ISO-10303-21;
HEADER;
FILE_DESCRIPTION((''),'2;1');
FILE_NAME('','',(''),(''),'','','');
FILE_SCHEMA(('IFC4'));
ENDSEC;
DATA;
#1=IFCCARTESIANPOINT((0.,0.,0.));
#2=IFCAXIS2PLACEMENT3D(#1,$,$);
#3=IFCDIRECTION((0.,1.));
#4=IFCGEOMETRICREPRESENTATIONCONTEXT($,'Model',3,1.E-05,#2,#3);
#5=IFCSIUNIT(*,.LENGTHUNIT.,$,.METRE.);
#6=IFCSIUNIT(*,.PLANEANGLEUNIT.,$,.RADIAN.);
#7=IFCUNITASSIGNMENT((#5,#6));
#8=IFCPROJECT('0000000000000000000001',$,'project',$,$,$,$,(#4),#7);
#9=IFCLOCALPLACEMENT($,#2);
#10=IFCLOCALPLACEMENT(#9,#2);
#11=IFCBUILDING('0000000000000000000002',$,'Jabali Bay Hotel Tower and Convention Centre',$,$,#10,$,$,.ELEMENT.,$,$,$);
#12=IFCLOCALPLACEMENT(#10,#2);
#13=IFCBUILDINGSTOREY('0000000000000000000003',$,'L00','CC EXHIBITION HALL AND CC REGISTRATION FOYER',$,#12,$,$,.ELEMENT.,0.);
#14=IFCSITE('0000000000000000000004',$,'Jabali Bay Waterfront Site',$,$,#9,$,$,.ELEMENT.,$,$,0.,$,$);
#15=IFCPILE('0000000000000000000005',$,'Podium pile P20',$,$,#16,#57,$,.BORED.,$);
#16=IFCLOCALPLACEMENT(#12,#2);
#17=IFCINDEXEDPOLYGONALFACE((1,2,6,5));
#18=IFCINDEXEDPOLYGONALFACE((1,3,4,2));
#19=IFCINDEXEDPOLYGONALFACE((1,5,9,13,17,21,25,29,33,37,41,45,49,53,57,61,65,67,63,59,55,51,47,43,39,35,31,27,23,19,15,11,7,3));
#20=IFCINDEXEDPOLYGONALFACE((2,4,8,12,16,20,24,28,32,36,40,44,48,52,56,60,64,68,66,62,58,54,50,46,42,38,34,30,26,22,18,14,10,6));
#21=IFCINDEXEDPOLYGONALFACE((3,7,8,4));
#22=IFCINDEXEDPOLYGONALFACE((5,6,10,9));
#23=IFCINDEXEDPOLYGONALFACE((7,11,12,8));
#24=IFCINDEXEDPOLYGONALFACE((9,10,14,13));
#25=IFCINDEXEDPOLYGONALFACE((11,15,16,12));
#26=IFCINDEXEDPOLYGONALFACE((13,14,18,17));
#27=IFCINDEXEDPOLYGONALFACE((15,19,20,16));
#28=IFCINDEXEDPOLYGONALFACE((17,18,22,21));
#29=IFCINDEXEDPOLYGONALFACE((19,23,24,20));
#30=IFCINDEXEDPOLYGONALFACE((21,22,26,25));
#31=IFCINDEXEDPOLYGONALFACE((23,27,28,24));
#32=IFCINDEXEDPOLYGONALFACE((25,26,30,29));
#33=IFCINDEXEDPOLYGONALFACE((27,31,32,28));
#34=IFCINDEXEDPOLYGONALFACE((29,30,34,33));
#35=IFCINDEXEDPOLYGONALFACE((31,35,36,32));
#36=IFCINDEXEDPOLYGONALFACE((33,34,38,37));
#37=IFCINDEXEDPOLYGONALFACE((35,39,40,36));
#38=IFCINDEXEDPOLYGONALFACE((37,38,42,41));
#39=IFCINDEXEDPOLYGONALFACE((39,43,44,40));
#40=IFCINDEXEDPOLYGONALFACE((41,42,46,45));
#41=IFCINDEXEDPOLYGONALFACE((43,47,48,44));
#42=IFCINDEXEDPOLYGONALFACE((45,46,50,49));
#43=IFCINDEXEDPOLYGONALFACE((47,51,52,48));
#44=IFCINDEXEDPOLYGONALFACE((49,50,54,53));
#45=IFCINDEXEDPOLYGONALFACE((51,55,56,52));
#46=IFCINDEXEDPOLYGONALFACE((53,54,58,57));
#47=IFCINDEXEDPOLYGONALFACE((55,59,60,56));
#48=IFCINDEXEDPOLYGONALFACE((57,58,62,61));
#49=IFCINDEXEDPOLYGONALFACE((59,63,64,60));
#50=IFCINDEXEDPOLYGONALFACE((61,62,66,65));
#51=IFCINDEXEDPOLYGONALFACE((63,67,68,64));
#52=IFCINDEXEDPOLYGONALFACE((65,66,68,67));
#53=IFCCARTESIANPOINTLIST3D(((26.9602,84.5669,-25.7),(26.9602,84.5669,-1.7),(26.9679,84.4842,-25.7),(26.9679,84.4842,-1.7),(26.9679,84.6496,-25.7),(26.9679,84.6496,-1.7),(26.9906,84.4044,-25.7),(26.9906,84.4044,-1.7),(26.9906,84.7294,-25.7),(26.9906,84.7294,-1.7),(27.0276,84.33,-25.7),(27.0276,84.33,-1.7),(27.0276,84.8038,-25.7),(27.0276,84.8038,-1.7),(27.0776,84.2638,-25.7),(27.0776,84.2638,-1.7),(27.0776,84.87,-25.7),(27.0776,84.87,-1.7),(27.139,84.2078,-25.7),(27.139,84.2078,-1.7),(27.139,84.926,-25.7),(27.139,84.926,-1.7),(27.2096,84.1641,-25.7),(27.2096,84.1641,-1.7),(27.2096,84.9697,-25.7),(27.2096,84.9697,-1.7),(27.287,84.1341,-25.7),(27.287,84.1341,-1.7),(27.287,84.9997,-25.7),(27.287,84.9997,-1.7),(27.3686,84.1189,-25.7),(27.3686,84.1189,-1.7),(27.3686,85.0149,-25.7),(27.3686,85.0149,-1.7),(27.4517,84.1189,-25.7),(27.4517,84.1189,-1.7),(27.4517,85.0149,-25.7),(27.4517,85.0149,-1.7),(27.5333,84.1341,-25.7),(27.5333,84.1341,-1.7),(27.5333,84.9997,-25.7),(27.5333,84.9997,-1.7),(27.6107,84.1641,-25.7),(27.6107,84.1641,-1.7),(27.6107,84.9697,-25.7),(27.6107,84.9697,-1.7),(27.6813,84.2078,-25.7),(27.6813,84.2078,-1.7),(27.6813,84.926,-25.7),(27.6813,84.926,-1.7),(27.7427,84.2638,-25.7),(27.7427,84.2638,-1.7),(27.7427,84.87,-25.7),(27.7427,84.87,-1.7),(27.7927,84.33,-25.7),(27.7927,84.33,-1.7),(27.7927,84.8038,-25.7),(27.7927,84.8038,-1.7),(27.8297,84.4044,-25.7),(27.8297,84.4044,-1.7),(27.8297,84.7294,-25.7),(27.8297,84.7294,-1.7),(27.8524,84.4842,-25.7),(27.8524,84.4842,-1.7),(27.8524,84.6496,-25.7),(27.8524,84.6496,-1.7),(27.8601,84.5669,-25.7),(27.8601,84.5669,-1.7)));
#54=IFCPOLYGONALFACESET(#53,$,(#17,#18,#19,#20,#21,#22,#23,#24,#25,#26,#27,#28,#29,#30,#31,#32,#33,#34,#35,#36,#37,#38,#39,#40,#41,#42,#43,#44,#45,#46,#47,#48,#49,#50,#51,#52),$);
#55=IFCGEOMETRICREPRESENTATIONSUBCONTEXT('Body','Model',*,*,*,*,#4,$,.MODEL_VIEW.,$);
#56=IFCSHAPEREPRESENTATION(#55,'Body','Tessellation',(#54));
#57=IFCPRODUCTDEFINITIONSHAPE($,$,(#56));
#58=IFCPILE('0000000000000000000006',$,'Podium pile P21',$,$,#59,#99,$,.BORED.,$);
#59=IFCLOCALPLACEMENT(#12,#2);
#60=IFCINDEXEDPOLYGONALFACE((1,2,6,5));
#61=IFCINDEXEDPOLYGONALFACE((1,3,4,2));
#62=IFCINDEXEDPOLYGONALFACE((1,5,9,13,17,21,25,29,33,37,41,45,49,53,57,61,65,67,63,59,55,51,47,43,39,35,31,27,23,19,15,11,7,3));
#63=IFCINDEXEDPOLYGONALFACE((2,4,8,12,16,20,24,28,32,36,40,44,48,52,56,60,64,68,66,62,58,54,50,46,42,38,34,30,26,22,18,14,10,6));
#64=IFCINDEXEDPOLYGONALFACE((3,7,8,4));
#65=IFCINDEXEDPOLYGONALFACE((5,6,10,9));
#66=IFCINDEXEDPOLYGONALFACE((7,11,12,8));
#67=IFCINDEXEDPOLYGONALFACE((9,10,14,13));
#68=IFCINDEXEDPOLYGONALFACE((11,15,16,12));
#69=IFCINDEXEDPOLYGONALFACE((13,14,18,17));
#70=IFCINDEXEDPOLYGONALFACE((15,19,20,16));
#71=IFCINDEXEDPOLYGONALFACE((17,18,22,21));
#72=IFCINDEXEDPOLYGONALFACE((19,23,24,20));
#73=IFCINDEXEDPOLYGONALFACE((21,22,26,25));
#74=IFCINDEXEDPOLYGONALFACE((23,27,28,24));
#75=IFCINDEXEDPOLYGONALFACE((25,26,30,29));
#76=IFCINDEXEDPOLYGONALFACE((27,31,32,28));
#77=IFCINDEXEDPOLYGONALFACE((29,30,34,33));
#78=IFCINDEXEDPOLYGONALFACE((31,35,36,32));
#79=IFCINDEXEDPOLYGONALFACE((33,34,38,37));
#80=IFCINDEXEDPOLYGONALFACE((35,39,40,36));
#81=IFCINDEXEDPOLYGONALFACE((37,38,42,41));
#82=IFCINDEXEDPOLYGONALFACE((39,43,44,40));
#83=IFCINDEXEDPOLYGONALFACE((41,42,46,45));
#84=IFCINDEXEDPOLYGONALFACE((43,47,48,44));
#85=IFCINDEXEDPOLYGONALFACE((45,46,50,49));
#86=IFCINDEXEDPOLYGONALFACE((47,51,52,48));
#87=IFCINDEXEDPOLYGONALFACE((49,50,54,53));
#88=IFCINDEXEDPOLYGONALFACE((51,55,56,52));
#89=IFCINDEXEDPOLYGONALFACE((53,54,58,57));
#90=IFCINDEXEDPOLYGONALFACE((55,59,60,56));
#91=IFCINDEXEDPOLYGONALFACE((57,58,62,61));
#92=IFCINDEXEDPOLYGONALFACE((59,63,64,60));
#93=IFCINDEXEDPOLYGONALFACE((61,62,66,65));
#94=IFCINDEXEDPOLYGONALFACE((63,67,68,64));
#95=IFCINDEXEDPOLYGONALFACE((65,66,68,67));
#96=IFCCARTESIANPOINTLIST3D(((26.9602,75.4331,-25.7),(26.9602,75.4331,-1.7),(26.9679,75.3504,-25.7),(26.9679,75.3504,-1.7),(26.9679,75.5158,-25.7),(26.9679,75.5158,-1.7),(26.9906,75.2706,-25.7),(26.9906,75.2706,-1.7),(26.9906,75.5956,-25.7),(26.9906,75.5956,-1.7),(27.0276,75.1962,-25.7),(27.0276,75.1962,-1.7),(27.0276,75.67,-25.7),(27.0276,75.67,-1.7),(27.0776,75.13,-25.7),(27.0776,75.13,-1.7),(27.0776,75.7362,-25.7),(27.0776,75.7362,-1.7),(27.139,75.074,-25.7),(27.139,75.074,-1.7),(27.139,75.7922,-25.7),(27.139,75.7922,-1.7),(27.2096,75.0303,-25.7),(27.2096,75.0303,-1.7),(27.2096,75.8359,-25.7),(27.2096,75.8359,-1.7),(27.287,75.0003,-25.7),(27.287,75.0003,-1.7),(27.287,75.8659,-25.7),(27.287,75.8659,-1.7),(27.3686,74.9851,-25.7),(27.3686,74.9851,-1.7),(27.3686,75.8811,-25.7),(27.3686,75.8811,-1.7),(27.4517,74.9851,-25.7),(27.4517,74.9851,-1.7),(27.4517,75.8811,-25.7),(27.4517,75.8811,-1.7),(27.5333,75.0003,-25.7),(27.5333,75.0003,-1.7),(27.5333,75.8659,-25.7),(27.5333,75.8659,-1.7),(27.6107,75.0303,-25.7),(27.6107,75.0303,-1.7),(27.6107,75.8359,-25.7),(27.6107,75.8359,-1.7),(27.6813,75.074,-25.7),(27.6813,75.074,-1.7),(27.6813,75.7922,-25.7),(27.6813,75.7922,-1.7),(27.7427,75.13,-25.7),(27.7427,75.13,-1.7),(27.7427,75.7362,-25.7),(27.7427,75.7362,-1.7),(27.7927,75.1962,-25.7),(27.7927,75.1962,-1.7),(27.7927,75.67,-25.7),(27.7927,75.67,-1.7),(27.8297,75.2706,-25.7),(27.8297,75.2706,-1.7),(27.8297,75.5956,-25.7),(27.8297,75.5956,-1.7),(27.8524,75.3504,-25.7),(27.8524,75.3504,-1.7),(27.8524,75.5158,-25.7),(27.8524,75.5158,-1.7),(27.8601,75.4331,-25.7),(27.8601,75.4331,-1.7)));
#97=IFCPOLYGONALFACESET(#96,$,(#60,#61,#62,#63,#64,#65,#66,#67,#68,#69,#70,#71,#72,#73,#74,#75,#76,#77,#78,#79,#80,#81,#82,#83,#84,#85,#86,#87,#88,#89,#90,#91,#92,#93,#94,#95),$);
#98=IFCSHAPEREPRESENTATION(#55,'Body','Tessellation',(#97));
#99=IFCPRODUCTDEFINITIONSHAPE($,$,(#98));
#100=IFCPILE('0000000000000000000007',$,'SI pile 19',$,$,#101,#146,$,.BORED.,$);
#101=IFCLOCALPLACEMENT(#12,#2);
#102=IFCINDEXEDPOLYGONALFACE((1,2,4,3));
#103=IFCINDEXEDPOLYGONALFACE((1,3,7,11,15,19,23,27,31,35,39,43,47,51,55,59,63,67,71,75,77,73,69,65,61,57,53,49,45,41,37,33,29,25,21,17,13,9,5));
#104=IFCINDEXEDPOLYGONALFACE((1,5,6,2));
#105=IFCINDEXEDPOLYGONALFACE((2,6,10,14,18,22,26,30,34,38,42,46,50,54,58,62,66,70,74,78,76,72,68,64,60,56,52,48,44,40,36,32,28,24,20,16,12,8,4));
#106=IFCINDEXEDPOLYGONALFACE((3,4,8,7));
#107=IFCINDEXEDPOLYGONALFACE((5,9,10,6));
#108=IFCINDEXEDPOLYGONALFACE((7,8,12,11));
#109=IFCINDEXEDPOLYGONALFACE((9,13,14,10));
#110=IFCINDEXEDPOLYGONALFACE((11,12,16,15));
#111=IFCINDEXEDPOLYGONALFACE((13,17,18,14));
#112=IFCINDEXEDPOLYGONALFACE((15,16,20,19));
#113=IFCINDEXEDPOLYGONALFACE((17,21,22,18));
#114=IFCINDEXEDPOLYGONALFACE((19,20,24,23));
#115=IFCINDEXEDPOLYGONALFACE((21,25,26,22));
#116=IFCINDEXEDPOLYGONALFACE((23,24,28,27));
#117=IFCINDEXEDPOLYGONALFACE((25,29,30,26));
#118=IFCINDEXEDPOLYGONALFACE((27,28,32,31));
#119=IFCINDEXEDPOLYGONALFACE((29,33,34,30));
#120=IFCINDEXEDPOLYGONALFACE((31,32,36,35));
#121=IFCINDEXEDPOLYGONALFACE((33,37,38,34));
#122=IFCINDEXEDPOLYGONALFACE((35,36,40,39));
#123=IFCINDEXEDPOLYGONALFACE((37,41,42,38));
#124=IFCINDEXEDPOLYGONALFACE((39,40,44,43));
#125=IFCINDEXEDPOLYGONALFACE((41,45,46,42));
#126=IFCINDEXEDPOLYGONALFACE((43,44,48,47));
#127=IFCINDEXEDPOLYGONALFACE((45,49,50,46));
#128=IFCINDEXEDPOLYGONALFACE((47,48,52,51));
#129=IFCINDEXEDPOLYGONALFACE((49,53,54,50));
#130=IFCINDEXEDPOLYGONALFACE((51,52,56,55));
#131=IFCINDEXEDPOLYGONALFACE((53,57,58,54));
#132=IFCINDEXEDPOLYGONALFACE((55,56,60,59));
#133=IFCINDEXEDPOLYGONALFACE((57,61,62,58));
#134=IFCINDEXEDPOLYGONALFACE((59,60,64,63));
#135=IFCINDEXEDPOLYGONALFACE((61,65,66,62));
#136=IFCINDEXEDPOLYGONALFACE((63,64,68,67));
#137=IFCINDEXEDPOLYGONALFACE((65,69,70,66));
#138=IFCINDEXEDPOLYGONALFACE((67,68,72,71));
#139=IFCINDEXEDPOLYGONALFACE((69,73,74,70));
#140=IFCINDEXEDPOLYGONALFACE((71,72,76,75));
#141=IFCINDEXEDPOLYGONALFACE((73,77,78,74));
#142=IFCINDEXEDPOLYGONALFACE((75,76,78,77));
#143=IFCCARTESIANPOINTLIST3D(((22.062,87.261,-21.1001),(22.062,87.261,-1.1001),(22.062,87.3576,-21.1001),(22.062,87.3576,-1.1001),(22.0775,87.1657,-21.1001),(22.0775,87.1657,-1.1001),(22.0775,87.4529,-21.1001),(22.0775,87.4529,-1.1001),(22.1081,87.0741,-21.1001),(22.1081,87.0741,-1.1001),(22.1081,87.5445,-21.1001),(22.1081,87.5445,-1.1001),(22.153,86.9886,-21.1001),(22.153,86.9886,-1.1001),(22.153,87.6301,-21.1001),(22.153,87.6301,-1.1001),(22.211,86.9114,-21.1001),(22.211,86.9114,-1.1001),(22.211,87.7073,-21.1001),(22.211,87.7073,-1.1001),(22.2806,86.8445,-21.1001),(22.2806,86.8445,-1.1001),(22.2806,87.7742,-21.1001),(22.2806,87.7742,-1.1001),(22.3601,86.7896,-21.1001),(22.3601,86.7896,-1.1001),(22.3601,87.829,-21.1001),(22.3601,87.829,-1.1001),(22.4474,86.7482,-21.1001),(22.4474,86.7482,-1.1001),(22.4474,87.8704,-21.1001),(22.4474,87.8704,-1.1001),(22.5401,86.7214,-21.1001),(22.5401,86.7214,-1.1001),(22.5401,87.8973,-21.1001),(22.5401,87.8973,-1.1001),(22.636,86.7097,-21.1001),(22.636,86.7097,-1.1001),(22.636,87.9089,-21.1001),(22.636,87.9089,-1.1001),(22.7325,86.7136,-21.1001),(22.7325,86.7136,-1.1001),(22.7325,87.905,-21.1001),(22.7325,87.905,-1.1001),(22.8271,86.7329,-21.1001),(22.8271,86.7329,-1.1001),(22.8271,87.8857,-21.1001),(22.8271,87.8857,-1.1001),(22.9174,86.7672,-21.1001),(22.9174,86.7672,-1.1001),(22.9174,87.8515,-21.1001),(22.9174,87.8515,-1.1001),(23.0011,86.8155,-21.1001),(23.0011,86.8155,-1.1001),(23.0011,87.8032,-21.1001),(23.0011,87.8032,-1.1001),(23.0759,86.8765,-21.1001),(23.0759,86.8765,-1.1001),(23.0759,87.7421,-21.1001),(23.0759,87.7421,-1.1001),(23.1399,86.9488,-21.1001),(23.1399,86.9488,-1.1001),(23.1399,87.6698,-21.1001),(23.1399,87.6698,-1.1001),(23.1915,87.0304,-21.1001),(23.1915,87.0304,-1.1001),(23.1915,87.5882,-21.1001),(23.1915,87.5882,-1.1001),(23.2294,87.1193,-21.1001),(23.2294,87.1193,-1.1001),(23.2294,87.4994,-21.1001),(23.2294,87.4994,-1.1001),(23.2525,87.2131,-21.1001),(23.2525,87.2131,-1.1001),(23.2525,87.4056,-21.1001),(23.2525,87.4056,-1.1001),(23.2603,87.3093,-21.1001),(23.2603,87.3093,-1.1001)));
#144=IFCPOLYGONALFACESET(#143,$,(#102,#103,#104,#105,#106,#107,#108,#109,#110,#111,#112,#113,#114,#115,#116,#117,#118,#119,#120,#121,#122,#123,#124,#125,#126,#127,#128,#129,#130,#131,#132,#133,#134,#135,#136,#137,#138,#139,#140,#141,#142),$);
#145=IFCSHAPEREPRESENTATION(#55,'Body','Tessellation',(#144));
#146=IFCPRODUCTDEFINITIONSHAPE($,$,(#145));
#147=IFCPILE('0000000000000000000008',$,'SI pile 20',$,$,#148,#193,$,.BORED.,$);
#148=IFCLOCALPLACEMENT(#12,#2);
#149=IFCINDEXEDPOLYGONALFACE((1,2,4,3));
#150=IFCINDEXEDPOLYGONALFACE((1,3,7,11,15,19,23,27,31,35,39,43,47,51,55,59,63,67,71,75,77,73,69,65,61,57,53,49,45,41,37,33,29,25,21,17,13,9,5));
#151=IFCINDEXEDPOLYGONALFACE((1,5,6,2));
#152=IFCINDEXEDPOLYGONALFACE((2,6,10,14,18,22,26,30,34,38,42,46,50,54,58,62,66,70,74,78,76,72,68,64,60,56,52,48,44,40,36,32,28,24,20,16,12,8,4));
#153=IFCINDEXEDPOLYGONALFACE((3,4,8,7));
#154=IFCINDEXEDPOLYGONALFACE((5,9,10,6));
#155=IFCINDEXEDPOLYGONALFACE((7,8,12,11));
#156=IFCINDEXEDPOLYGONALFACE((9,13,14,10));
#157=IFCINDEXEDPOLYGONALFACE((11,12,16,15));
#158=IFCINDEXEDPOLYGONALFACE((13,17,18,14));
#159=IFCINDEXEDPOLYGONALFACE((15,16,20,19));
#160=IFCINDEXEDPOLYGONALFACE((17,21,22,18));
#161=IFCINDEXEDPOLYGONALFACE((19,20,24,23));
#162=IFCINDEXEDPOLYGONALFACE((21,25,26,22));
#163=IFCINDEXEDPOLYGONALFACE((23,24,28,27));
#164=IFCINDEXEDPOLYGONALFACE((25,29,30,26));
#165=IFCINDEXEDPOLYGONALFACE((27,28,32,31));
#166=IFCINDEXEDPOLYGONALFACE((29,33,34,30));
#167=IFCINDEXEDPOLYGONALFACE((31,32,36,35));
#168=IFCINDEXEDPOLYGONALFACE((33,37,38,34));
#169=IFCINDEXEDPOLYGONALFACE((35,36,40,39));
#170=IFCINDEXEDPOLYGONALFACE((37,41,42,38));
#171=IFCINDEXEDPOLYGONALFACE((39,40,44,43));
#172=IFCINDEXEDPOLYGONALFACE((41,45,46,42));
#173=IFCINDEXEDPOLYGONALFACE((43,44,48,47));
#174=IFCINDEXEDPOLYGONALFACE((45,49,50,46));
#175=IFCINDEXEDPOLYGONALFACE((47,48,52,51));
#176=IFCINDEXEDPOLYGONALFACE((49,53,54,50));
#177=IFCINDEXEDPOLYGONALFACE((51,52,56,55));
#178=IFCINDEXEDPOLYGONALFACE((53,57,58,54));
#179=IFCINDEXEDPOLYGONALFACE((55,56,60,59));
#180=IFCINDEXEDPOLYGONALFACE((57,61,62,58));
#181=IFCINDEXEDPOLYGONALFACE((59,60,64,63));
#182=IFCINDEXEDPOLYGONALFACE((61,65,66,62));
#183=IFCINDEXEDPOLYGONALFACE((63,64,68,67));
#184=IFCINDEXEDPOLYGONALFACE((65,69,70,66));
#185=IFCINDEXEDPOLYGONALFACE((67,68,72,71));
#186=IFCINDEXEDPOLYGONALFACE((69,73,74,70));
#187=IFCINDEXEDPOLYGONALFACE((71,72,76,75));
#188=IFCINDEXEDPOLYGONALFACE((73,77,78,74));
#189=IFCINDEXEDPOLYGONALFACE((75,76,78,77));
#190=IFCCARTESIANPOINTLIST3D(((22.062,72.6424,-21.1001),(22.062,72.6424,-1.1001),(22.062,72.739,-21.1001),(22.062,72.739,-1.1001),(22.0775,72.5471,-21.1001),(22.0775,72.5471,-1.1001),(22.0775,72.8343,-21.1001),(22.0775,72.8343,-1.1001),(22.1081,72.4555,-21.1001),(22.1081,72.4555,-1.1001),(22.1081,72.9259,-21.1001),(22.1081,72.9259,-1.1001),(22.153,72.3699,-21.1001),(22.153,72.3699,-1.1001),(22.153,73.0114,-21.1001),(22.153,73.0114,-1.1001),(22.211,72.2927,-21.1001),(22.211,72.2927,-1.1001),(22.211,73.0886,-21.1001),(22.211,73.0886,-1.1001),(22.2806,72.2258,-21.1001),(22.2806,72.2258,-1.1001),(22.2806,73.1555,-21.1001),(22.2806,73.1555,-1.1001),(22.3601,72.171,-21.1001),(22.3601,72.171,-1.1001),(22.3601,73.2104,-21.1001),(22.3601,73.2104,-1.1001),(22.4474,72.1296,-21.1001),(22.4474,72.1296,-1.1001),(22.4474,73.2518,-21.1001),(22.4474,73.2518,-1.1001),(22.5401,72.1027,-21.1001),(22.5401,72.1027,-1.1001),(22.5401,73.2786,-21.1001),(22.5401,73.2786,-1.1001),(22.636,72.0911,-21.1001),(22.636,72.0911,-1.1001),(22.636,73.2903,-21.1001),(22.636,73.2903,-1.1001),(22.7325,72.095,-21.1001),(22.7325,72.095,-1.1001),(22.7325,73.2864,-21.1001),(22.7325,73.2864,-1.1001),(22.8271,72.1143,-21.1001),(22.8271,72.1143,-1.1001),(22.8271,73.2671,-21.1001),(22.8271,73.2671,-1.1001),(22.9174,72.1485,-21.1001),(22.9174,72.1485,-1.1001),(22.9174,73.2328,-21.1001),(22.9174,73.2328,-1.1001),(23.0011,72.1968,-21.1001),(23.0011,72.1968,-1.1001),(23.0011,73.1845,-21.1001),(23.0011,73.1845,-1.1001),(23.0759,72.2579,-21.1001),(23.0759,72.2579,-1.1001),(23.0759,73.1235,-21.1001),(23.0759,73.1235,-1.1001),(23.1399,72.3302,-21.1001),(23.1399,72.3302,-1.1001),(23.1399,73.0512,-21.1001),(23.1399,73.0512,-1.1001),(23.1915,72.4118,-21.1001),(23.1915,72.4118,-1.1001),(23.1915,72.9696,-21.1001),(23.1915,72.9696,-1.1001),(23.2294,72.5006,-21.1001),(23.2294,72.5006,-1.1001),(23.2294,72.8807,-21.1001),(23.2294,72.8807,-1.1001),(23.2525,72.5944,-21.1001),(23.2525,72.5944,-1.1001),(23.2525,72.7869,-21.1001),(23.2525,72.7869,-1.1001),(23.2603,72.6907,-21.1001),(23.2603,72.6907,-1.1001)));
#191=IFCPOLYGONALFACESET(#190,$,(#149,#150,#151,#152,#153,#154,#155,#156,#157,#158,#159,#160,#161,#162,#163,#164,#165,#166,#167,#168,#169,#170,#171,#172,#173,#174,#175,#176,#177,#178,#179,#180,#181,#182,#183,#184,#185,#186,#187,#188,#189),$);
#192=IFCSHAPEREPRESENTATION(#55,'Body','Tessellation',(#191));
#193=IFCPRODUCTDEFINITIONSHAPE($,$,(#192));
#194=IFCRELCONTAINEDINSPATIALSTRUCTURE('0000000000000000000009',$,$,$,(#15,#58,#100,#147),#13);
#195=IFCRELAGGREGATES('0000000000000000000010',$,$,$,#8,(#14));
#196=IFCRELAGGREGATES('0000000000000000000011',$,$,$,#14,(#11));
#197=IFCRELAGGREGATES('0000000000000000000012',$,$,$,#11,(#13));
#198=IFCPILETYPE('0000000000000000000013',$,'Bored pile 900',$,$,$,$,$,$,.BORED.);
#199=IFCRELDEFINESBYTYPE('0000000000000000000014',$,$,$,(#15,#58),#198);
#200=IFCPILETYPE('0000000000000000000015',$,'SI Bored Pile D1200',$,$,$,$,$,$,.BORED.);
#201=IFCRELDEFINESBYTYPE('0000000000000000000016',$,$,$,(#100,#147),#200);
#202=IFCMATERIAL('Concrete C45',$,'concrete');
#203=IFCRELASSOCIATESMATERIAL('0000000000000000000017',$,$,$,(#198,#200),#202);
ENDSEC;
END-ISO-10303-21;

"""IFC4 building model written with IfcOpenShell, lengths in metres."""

from ifc_helpers import new_model, si_unit, direction, frame, origin, origin_2d, place, context, subcontext, project, spatial, circle, extrude, material, material_profile, profile_set, type_object, element, save


model = new_model("IFC4")

# Units and contexts
model_context = context("Model", 3, precision=1e-05, world=origin(), true_north=direction((0.0, 1.0)))
body_context = subcontext(model_context, "Body", "Model", "MODEL_VIEW")
ifc_project = project(units=[si_unit("LENGTHUNIT", "METRE"), si_unit("PLANEANGLEUNIT", "RADIAN")], contexts=[model_context])

# Site, building, storey
site_placement = place(None, origin())
site = spatial("IfcSite", under=ifc_project, at=site_placement, Name="Jabali Bay Waterfront Site", CompositionType="ELEMENT", RefElevation=0.0)
building_placement = place(site_placement, origin())
building = spatial("IfcBuilding", under=site, at=building_placement, Name="Jabali Bay Hotel Tower and Convention Centre", CompositionType="ELEMENT")
storey_placement = place(building_placement, origin())
storey = spatial("IfcBuildingStorey", under=building, at=storey_placement, Name="L00", Description="CC EXHIBITION HALL AND CC REGISTRATION FOYER", CompositionType="ELEMENT", Elevation=0.0)

# Piles
ifc_material_1 = material(Name="Concrete C45", Category="concrete")
ifc_material_profile_1 = material_profile(ifc_material_1, circle(Radius=0.45, at=origin_2d()), Name="Bored pile 900")
ifc_profile_set_1 = profile_set([ifc_material_profile_1], Name="Concrete C45")
pile_type_1 = type_object("IfcPileType", Name="Bored pile 900", PredefinedType="BORED", material=ifc_profile_set_1)
for number, where, z_axis, x_axis, name in (
    (1, (27.4102, 84.5669, -1.7), (0.0, 0.0, -1.0), (1.0, 0.0, 0.0), "Podium pile P20"),
    (2, (27.4102, 75.4331, -1.7), (0.0, 0.0, -1.0), (1.0, 0.0, 0.0), "Podium pile P21"),
):
    element("IfcPile", number, at=place(storey_placement, frame(where, z_axis=z_axis, x_axis=x_axis)), inside=storey, type_object=pile_type_1, Name=name, PredefinedType="BORED", context=body_context, shape_type="SweptSolid", body=[
        extrude(circle(Radius=0.45, at=origin_2d()), origin(), (0.0, 0.0, 1.0), 24.0),
    ])
ifc_material_profile_2 = material_profile(ifc_material_1, circle(Radius=0.6001, at=origin_2d()), Name="D1200")
ifc_profile_set_2 = profile_set([ifc_material_profile_2], Name="Concrete C45")
pile_type_2 = type_object("IfcPileType", Name="SI Bored Pile D1200", PredefinedType="BORED", material=ifc_profile_set_2)
for number, where, z_axis, x_axis, name in (
    (3, (22.6602, 87.3093, -1.1001), (0.0, 0.0, -1.0), (1.0, 0.0, 0.0), "SI pile 19"),
    (4, (22.6602, 72.6907, -1.1001), (0.0, 0.0, -1.0), (1.0, 0.0, 0.0), "SI pile 20"),
):
    element("IfcPile", number, at=place(storey_placement, frame(where, z_axis=z_axis, x_axis=x_axis)), inside=storey, type_object=pile_type_2, Name=name, PredefinedType="BORED", context=body_context, shape_type="SweptSolid", body=[
        extrude(circle(Radius=0.6001, at=origin_2d()), origin(), (0.0, 0.0, 1.0), 20.0),
    ])

save(model, "model.ifc")
